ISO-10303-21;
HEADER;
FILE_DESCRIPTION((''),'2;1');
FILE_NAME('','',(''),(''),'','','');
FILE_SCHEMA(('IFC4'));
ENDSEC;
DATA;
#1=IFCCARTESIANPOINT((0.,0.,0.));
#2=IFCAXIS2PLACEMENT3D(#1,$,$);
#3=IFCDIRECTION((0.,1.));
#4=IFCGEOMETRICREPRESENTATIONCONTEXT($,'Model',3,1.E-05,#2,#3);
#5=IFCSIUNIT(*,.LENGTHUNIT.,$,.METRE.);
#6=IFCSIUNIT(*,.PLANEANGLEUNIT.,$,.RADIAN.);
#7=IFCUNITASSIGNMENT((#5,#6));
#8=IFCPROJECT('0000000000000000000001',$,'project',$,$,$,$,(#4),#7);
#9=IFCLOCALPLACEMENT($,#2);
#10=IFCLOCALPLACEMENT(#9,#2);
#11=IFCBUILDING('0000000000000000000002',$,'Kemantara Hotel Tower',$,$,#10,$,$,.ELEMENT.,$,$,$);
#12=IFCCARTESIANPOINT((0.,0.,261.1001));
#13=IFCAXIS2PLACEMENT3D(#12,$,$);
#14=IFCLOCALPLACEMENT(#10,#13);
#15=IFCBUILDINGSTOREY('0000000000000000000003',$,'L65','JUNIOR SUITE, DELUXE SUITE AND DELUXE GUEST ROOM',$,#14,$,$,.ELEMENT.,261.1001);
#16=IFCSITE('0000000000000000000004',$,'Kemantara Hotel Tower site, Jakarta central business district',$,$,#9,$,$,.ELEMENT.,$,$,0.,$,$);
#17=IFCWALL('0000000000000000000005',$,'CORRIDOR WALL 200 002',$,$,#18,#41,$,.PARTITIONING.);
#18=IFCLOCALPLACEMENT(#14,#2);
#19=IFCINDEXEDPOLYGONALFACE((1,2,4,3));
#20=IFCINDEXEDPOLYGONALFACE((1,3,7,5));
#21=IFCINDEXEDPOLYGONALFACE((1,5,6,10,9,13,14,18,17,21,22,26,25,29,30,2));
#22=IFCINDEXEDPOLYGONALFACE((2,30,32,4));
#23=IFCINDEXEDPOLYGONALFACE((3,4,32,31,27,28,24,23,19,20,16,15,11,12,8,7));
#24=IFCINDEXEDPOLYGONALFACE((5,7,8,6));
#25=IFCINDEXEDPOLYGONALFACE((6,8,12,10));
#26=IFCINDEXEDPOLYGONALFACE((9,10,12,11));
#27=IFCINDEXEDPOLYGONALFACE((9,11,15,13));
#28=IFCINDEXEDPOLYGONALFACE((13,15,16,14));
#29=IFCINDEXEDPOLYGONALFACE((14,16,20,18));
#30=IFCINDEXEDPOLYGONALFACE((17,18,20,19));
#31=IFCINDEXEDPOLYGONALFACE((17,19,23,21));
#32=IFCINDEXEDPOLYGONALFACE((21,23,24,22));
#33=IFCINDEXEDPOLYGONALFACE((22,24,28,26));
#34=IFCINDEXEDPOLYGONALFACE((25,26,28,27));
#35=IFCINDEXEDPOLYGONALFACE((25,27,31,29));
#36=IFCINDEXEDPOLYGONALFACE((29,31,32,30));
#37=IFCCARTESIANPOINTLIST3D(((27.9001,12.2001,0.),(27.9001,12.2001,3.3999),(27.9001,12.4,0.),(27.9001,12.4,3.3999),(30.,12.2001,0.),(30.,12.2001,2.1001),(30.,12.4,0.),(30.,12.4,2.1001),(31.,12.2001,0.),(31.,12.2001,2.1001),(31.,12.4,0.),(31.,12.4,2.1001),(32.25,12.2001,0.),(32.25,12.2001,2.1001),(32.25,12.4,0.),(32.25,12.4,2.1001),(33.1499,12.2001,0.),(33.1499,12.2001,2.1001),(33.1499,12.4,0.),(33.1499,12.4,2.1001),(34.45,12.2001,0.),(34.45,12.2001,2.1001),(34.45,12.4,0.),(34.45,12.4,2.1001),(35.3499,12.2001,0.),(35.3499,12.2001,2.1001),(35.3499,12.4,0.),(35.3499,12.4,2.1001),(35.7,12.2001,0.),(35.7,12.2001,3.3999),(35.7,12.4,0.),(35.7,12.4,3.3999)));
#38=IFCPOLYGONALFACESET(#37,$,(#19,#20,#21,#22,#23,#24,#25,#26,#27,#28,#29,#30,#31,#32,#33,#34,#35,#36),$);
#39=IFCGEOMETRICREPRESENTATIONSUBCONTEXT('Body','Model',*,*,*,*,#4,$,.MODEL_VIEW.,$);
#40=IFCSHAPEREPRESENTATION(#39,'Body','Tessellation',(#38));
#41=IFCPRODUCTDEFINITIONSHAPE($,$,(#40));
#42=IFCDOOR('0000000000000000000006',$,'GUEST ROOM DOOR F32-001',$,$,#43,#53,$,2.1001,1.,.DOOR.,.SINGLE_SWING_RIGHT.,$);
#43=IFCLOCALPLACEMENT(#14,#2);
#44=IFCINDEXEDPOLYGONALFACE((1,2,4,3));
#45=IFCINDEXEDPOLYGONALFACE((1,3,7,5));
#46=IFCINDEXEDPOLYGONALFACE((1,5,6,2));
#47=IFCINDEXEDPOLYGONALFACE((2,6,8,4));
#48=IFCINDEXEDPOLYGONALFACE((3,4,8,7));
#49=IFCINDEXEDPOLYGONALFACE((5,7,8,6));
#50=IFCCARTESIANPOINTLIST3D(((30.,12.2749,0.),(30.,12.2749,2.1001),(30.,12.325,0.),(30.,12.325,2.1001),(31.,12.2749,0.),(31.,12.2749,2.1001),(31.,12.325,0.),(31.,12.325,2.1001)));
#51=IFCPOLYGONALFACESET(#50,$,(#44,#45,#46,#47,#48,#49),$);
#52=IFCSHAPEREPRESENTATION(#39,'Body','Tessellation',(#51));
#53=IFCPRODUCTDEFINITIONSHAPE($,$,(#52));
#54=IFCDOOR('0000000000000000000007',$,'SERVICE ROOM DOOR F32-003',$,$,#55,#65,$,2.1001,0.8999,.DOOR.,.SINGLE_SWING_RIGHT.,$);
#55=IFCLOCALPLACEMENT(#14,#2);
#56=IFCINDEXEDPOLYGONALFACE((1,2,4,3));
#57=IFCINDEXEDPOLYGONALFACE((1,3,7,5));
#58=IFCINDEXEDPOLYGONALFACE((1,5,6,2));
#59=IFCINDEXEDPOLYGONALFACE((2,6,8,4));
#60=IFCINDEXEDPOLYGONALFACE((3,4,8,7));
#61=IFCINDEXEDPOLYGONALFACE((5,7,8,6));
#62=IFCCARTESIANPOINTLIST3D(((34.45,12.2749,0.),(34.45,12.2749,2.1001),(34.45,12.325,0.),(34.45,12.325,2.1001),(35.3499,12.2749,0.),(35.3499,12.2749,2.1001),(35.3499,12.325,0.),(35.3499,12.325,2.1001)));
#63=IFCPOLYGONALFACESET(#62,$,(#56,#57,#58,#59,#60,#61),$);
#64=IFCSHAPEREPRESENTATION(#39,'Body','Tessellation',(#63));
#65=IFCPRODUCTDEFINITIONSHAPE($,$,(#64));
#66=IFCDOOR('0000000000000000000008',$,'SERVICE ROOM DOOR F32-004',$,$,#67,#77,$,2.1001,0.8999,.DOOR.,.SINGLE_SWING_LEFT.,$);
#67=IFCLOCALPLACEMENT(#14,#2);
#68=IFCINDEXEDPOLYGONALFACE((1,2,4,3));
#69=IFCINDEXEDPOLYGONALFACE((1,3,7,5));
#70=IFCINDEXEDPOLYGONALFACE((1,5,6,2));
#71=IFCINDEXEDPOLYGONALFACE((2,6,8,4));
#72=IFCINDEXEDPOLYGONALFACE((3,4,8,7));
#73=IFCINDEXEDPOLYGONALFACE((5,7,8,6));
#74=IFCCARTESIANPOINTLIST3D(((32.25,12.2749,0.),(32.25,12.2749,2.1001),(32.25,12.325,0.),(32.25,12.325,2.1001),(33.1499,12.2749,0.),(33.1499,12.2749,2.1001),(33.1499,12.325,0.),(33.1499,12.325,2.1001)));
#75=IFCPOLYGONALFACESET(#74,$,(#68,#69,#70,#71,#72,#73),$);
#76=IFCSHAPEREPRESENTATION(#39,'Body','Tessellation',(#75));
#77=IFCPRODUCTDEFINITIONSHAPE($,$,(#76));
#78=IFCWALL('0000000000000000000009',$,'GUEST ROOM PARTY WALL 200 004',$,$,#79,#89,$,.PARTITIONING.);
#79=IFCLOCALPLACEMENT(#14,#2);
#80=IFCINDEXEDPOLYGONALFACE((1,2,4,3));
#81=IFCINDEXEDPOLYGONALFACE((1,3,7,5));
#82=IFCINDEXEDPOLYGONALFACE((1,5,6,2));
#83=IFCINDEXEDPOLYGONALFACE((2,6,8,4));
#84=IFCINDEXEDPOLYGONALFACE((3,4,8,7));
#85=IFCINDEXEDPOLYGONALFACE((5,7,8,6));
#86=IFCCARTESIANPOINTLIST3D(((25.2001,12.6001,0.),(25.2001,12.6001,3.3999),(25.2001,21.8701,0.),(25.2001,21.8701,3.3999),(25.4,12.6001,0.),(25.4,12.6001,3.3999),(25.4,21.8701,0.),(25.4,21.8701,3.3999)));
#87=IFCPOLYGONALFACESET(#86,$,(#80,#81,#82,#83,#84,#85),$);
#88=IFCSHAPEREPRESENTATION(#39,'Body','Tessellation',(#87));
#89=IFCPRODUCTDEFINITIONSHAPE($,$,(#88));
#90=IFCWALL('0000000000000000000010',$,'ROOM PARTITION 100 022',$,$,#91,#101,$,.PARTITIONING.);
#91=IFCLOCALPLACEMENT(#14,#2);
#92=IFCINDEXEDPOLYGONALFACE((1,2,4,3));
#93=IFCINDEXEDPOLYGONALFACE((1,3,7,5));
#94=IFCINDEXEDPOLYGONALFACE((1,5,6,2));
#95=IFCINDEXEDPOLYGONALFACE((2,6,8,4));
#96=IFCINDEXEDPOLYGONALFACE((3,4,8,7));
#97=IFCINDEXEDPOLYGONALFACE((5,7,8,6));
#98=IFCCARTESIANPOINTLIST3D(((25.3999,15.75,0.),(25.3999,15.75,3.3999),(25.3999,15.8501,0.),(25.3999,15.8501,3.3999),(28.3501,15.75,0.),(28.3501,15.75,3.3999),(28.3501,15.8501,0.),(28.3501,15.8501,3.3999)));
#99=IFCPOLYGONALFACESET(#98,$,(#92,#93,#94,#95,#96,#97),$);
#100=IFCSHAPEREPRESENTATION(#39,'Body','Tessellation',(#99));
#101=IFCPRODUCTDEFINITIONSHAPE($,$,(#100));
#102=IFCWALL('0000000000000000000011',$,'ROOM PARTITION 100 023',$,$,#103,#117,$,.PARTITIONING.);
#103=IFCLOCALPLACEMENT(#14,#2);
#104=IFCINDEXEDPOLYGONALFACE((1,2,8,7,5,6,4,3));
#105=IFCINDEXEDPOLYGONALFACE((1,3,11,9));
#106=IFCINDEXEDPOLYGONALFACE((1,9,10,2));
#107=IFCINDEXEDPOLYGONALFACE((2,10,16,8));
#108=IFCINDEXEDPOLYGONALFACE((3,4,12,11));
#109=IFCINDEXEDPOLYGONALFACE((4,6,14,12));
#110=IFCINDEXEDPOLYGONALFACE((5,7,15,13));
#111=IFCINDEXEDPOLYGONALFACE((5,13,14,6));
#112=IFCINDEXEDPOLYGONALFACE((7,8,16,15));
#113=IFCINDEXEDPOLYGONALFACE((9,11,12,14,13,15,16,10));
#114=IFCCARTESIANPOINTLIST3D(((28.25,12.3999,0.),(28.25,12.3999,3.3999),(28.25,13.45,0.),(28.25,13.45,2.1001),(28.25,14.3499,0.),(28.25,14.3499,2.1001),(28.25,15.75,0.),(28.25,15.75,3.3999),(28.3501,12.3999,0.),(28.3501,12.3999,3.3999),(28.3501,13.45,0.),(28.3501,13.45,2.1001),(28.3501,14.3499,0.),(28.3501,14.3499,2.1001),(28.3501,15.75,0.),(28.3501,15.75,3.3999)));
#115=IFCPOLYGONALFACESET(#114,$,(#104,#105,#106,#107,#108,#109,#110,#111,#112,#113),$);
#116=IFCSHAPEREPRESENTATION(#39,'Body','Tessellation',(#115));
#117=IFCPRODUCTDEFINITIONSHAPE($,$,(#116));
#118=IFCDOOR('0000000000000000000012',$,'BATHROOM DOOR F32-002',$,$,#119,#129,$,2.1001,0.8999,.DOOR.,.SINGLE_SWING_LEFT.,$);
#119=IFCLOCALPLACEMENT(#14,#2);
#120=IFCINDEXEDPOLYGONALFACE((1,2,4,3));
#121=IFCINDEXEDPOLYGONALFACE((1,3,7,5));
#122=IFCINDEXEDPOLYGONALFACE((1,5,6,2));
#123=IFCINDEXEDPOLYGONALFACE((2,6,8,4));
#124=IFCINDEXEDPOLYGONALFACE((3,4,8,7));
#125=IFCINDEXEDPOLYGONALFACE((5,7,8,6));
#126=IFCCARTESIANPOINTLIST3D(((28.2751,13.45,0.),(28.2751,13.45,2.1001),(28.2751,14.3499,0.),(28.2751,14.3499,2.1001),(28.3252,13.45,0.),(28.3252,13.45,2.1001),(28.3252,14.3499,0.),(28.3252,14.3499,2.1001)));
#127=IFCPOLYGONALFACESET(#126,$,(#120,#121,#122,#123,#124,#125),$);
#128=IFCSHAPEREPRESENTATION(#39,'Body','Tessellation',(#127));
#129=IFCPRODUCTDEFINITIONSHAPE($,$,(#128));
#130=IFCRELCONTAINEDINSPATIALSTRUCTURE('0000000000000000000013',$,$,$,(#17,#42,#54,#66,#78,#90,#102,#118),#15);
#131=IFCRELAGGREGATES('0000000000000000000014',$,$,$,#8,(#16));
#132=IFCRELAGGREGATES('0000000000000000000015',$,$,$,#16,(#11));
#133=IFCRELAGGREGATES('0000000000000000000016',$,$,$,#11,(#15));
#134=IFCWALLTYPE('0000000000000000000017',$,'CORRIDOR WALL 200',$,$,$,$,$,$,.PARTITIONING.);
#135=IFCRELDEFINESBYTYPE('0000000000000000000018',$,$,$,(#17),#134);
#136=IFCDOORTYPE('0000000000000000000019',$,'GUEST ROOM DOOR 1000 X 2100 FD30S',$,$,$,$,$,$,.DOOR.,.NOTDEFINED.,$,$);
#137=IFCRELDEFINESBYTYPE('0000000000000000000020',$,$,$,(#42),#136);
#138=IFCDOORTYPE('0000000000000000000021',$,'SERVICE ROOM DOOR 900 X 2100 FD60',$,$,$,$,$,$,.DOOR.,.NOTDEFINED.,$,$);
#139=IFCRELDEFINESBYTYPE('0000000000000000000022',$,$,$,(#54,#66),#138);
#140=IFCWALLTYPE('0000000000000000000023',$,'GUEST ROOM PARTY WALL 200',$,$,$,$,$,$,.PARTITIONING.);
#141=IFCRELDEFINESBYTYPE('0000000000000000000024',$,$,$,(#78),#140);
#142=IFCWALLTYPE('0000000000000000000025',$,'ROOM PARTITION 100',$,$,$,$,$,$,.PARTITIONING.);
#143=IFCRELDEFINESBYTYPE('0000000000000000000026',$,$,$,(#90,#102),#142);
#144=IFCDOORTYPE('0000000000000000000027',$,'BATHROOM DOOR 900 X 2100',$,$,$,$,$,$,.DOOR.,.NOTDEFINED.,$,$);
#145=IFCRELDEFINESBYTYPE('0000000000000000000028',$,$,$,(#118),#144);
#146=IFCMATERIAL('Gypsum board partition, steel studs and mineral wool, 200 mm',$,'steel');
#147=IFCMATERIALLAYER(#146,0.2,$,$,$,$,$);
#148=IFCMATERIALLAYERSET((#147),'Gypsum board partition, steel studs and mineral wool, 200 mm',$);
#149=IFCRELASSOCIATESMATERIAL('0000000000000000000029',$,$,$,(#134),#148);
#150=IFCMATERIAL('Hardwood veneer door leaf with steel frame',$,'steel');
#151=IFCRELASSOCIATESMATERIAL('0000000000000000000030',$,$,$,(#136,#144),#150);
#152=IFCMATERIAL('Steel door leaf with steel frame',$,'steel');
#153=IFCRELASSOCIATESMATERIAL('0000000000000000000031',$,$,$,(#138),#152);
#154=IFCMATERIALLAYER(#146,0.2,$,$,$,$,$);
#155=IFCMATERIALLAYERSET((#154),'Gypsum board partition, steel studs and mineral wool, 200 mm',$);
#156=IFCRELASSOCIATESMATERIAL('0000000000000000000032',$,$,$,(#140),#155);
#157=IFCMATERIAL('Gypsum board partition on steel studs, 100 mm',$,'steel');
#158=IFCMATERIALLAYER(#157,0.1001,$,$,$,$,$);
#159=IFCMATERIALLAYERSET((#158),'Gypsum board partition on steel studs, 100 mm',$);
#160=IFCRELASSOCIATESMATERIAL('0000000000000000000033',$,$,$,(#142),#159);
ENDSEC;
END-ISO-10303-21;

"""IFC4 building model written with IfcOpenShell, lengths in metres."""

from ifc_helpers import new_model, si_unit, direction, frame, frame_2d, origin, place, context, subcontext, project, spatial, rectangle, extrude, material, layer, layer_set, type_object, element, fill, save


model = new_model("IFC4")

# Units and contexts
model_context = context("Model", 3, precision=1e-05, world=origin(), true_north=direction((0.0, 1.0)))
body_context = subcontext(model_context, "Body", "Model", "MODEL_VIEW")
ifc_project = project(units=[si_unit("LENGTHUNIT", "METRE"), si_unit("PLANEANGLEUNIT", "RADIAN")], contexts=[model_context])

# Site, building, storey
site_placement = place(None, origin())
site = spatial("IfcSite", under=ifc_project, at=site_placement, Name="Kemantara Hotel Tower site, Jakarta central business district", CompositionType="ELEMENT", RefElevation=0.0)
building_placement = place(site_placement, origin())
building = spatial("IfcBuilding", under=site, at=building_placement, Name="Kemantara Hotel Tower", CompositionType="ELEMENT")
storey_placement = place(building_placement, frame((0.0, 0.0, 261.1001)))
storey = spatial("IfcBuildingStorey", under=building, at=storey_placement, Name="L65", Description="JUNIOR SUITE, DELUXE SUITE AND DELUXE GUEST ROOM", CompositionType="ELEMENT", Elevation=261.1001)

# Shared definitions
ifc_material_1 = material(Name="Gypsum board partition, steel studs and mineral wool, 200 mm", Category="steel")
ifc_layer_1 = layer(ifc_material_1, 0.2)
ifc_layer_set_1 = layer_set([ifc_layer_1], Name="Gypsum board partition, steel studs and mineral wool, 200 mm")
wall_type_1 = type_object("IfcWallType", Name="CORRIDOR WALL 200", PredefinedType="PARTITIONING", material=ifc_layer_set_1)

# Wall, openings, doors
wall_1_placement = place(storey_placement, frame((27.9001, 12.3, 0.0), z_axis=(0.0, 0.0, 1.0), x_axis=(1.0, 0.0, 0.0)))
wall_1 = element("IfcWall", 1, at=wall_1_placement, inside=storey, type_object=wall_type_1, Name="CORRIDOR WALL 200 002", PredefinedType="PARTITIONING", context=body_context, shape_type="SweptSolid", body=[
    extrude(rectangle(XDim=7.7998, YDim=0.2, at=frame_2d((3.8999, 0.0))), origin(), (0.0, 0.0, 1.0), 3.3999),
])
opening_1_placement = place(wall_1_placement, frame((2.0999, 0.0, 0.0)))
opening_1 = element("IfcOpeningElement", 2, at=opening_1_placement, cuts=wall_1, PredefinedType="OPENING", context=body_context, shape_type="SweptSolid", body=[
    extrude(rectangle(XDim=1.0, YDim=2.1001, at=frame_2d((0.5, 1.05))), frame((0.0, 0.1099, 0.0), z_axis=(0.0, -1.0, 0.0), x_axis=(1.0, 0.0, 0.0)), (0.0, 0.0, 1.0), 0.22),
])
opening_2_placement = place(wall_1_placement, frame((6.5498, 0.0, 0.0)))
opening_2 = element("IfcOpeningElement", 3, at=opening_2_placement, cuts=wall_1, PredefinedType="OPENING", context=body_context, shape_type="SweptSolid", body=[
    extrude(rectangle(XDim=0.8999, YDim=2.1001, at=frame_2d((0.45, 1.05))), frame((0.0, 0.1099, 0.0), z_axis=(0.0, -1.0, 0.0), x_axis=(1.0, 0.0, 0.0)), (0.0, 0.0, 1.0), 0.22),
])
opening_3_placement = place(wall_1_placement, frame((4.3499, 0.0, 0.0)))
opening_3 = element("IfcOpeningElement", 4, at=opening_3_placement, cuts=wall_1, PredefinedType="OPENING", context=body_context, shape_type="SweptSolid", body=[
    extrude(rectangle(XDim=0.8999, YDim=2.1001, at=frame_2d((0.45, 1.05))), frame((0.0, 0.1099, 0.0), z_axis=(0.0, -1.0, 0.0), x_axis=(1.0, 0.0, 0.0)), (0.0, 0.0, 1.0), 0.22),
])
ifc_material_2 = material(Name="Hardwood veneer door leaf with steel frame", Category="steel")
door_type_1 = type_object("IfcDoorType", Name="GUEST ROOM DOOR 1000 X 2100 FD30S", OperationType="NOTDEFINED", PredefinedType="DOOR", material=ifc_material_2)
door_1_placement = place(opening_1_placement, origin())
door_1 = element("IfcDoor", 5, at=door_1_placement, inside=storey, type_object=door_type_1, Name="GUEST ROOM DOOR F32-001", OperationType="SINGLE_SWING_RIGHT", OverallHeight=2.1001, OverallWidth=1.0, PredefinedType="DOOR", context=body_context, shape_type="SweptSolid", body=[
    extrude(rectangle(XDim=1.0, YDim=2.1001, at=frame_2d((0.5, 1.05))), frame((0.0, 0.0249, 0.0), z_axis=(0.0, -1.0, 0.0), x_axis=(1.0, 0.0, 0.0)), (0.0, 0.0, 1.0), 0.05),
])
fill(opening_1, door_1)
ifc_material_3 = material(Name="Steel door leaf with steel frame", Category="steel")
door_type_2 = type_object("IfcDoorType", Name="SERVICE ROOM DOOR 900 X 2100 FD60", OperationType="NOTDEFINED", PredefinedType="DOOR", material=ifc_material_3)
door_2_placement = place(opening_2_placement, origin())
door_2 = element("IfcDoor", 6, at=door_2_placement, inside=storey, type_object=door_type_2, Name="SERVICE ROOM DOOR F32-003", OperationType="SINGLE_SWING_RIGHT", OverallHeight=2.1001, OverallWidth=0.8999, PredefinedType="DOOR", context=body_context, shape_type="SweptSolid", body=[
    extrude(rectangle(XDim=0.8999, YDim=2.1001, at=frame_2d((0.45, 1.05))), frame((0.0, 0.0249, 0.0), z_axis=(0.0, -1.0, 0.0), x_axis=(1.0, 0.0, 0.0)), (0.0, 0.0, 1.0), 0.05),
])
fill(opening_2, door_2)
door_3_placement = place(opening_3_placement, origin())
door_3 = element("IfcDoor", 7, at=door_3_placement, inside=storey, type_object=door_type_2, Name="SERVICE ROOM DOOR F32-004", OperationType="SINGLE_SWING_LEFT", OverallHeight=2.1001, OverallWidth=0.8999, PredefinedType="DOOR", context=body_context, shape_type="SweptSolid", body=[
    extrude(rectangle(XDim=0.8999, YDim=2.1001, at=frame_2d((0.45, 1.05))), frame((0.0, 0.0249, 0.0), z_axis=(0.0, -1.0, 0.0), x_axis=(1.0, 0.0, 0.0)), (0.0, 0.0, 1.0), 0.05),
])
fill(opening_3, door_3)

# Walls
ifc_layer_2 = layer(ifc_material_1, 0.2)
ifc_layer_set_2 = layer_set([ifc_layer_2], Name="Gypsum board partition, steel studs and mineral wool, 200 mm")
wall_type_2 = type_object("IfcWallType", Name="GUEST ROOM PARTY WALL 200", PredefinedType="PARTITIONING", material=ifc_layer_set_2)
wall_2_placement = place(storey_placement, frame((25.3, 12.6001, 0.0), z_axis=(0.0, 0.0, 1.0), x_axis=(0.0, 1.0, 0.0)))
element("IfcWall", 8, at=wall_2_placement, inside=storey, type_object=wall_type_2, Name="GUEST ROOM PARTY WALL 200 004", PredefinedType="PARTITIONING", context=body_context, shape_type="SweptSolid", body=[
    extrude(rectangle(XDim=9.27, YDim=0.2, at=frame_2d((4.635, 0.0))), origin(), (0.0, 0.0, 1.0), 3.3999),
])
ifc_material_4 = material(Name="Gypsum board partition on steel studs, 100 mm", Category="steel")
ifc_layer_3 = layer(ifc_material_4, 0.1001)
ifc_layer_set_3 = layer_set([ifc_layer_3], Name="Gypsum board partition on steel studs, 100 mm")
wall_type_3 = type_object("IfcWallType", Name="ROOM PARTITION 100", PredefinedType="PARTITIONING", material=ifc_layer_set_3)
wall_3_placement = place(storey_placement, frame((25.3999, 15.8, 0.0), z_axis=(0.0, 0.0, 1.0), x_axis=(1.0, 0.0, 0.0)))
element("IfcWall", 9, at=wall_3_placement, inside=storey, type_object=wall_type_3, Name="ROOM PARTITION 100 022", PredefinedType="PARTITIONING", context=body_context, shape_type="SweptSolid", body=[
    extrude(rectangle(XDim=2.9502, YDim=0.1001, at=frame_2d((1.4751, 0.0))), origin(), (0.0, 0.0, 1.0), 3.3999),
])

# Wall, opening, door
wall_4_placement = place(storey_placement, frame((28.3, 12.3999, 0.0), z_axis=(0.0, 0.0, 1.0), x_axis=(0.0, 1.0, 0.0)))
wall_4 = element("IfcWall", 10, at=wall_4_placement, inside=storey, type_object=wall_type_3, Name="ROOM PARTITION 100 023", PredefinedType="PARTITIONING", context=body_context, shape_type="SweptSolid", body=[
    extrude(rectangle(XDim=3.3501, YDim=0.1001, at=frame_2d((1.675, 0.0))), origin(), (0.0, 0.0, 1.0), 3.3999),
])
opening_4_placement = place(wall_4_placement, frame((1.05, 0.0, 0.0)))
opening_4 = element("IfcOpeningElement", 11, at=opening_4_placement, cuts=wall_4, PredefinedType="OPENING", context=body_context, shape_type="SweptSolid", body=[
    extrude(rectangle(XDim=0.8999, YDim=2.1001, at=frame_2d((0.45, 1.05))), frame((0.0, 0.0601, 0.0), z_axis=(0.0, -1.0, 0.0), x_axis=(1.0, 0.0, 0.0)), (0.0, 0.0, 1.0), 0.1201),
])
door_type_3 = type_object("IfcDoorType", Name="BATHROOM DOOR 900 X 2100", OperationType="NOTDEFINED", PredefinedType="DOOR", material=ifc_material_2)
door_4_placement = place(opening_4_placement, origin())
door_4 = element("IfcDoor", 12, at=door_4_placement, inside=storey, type_object=door_type_3, Name="BATHROOM DOOR F32-002", OperationType="SINGLE_SWING_LEFT", OverallHeight=2.1001, OverallWidth=0.8999, PredefinedType="DOOR", context=body_context, shape_type="SweptSolid", body=[
    extrude(rectangle(XDim=0.8999, YDim=2.1001, at=frame_2d((0.45, 1.05))), frame((0.0, 0.0249, 0.0), z_axis=(0.0, -1.0, 0.0), x_axis=(1.0, 0.0, 0.0)), (0.0, 0.0, 1.0), 0.05),
])
fill(opening_4, door_4)

save(model, "model.ifc")
